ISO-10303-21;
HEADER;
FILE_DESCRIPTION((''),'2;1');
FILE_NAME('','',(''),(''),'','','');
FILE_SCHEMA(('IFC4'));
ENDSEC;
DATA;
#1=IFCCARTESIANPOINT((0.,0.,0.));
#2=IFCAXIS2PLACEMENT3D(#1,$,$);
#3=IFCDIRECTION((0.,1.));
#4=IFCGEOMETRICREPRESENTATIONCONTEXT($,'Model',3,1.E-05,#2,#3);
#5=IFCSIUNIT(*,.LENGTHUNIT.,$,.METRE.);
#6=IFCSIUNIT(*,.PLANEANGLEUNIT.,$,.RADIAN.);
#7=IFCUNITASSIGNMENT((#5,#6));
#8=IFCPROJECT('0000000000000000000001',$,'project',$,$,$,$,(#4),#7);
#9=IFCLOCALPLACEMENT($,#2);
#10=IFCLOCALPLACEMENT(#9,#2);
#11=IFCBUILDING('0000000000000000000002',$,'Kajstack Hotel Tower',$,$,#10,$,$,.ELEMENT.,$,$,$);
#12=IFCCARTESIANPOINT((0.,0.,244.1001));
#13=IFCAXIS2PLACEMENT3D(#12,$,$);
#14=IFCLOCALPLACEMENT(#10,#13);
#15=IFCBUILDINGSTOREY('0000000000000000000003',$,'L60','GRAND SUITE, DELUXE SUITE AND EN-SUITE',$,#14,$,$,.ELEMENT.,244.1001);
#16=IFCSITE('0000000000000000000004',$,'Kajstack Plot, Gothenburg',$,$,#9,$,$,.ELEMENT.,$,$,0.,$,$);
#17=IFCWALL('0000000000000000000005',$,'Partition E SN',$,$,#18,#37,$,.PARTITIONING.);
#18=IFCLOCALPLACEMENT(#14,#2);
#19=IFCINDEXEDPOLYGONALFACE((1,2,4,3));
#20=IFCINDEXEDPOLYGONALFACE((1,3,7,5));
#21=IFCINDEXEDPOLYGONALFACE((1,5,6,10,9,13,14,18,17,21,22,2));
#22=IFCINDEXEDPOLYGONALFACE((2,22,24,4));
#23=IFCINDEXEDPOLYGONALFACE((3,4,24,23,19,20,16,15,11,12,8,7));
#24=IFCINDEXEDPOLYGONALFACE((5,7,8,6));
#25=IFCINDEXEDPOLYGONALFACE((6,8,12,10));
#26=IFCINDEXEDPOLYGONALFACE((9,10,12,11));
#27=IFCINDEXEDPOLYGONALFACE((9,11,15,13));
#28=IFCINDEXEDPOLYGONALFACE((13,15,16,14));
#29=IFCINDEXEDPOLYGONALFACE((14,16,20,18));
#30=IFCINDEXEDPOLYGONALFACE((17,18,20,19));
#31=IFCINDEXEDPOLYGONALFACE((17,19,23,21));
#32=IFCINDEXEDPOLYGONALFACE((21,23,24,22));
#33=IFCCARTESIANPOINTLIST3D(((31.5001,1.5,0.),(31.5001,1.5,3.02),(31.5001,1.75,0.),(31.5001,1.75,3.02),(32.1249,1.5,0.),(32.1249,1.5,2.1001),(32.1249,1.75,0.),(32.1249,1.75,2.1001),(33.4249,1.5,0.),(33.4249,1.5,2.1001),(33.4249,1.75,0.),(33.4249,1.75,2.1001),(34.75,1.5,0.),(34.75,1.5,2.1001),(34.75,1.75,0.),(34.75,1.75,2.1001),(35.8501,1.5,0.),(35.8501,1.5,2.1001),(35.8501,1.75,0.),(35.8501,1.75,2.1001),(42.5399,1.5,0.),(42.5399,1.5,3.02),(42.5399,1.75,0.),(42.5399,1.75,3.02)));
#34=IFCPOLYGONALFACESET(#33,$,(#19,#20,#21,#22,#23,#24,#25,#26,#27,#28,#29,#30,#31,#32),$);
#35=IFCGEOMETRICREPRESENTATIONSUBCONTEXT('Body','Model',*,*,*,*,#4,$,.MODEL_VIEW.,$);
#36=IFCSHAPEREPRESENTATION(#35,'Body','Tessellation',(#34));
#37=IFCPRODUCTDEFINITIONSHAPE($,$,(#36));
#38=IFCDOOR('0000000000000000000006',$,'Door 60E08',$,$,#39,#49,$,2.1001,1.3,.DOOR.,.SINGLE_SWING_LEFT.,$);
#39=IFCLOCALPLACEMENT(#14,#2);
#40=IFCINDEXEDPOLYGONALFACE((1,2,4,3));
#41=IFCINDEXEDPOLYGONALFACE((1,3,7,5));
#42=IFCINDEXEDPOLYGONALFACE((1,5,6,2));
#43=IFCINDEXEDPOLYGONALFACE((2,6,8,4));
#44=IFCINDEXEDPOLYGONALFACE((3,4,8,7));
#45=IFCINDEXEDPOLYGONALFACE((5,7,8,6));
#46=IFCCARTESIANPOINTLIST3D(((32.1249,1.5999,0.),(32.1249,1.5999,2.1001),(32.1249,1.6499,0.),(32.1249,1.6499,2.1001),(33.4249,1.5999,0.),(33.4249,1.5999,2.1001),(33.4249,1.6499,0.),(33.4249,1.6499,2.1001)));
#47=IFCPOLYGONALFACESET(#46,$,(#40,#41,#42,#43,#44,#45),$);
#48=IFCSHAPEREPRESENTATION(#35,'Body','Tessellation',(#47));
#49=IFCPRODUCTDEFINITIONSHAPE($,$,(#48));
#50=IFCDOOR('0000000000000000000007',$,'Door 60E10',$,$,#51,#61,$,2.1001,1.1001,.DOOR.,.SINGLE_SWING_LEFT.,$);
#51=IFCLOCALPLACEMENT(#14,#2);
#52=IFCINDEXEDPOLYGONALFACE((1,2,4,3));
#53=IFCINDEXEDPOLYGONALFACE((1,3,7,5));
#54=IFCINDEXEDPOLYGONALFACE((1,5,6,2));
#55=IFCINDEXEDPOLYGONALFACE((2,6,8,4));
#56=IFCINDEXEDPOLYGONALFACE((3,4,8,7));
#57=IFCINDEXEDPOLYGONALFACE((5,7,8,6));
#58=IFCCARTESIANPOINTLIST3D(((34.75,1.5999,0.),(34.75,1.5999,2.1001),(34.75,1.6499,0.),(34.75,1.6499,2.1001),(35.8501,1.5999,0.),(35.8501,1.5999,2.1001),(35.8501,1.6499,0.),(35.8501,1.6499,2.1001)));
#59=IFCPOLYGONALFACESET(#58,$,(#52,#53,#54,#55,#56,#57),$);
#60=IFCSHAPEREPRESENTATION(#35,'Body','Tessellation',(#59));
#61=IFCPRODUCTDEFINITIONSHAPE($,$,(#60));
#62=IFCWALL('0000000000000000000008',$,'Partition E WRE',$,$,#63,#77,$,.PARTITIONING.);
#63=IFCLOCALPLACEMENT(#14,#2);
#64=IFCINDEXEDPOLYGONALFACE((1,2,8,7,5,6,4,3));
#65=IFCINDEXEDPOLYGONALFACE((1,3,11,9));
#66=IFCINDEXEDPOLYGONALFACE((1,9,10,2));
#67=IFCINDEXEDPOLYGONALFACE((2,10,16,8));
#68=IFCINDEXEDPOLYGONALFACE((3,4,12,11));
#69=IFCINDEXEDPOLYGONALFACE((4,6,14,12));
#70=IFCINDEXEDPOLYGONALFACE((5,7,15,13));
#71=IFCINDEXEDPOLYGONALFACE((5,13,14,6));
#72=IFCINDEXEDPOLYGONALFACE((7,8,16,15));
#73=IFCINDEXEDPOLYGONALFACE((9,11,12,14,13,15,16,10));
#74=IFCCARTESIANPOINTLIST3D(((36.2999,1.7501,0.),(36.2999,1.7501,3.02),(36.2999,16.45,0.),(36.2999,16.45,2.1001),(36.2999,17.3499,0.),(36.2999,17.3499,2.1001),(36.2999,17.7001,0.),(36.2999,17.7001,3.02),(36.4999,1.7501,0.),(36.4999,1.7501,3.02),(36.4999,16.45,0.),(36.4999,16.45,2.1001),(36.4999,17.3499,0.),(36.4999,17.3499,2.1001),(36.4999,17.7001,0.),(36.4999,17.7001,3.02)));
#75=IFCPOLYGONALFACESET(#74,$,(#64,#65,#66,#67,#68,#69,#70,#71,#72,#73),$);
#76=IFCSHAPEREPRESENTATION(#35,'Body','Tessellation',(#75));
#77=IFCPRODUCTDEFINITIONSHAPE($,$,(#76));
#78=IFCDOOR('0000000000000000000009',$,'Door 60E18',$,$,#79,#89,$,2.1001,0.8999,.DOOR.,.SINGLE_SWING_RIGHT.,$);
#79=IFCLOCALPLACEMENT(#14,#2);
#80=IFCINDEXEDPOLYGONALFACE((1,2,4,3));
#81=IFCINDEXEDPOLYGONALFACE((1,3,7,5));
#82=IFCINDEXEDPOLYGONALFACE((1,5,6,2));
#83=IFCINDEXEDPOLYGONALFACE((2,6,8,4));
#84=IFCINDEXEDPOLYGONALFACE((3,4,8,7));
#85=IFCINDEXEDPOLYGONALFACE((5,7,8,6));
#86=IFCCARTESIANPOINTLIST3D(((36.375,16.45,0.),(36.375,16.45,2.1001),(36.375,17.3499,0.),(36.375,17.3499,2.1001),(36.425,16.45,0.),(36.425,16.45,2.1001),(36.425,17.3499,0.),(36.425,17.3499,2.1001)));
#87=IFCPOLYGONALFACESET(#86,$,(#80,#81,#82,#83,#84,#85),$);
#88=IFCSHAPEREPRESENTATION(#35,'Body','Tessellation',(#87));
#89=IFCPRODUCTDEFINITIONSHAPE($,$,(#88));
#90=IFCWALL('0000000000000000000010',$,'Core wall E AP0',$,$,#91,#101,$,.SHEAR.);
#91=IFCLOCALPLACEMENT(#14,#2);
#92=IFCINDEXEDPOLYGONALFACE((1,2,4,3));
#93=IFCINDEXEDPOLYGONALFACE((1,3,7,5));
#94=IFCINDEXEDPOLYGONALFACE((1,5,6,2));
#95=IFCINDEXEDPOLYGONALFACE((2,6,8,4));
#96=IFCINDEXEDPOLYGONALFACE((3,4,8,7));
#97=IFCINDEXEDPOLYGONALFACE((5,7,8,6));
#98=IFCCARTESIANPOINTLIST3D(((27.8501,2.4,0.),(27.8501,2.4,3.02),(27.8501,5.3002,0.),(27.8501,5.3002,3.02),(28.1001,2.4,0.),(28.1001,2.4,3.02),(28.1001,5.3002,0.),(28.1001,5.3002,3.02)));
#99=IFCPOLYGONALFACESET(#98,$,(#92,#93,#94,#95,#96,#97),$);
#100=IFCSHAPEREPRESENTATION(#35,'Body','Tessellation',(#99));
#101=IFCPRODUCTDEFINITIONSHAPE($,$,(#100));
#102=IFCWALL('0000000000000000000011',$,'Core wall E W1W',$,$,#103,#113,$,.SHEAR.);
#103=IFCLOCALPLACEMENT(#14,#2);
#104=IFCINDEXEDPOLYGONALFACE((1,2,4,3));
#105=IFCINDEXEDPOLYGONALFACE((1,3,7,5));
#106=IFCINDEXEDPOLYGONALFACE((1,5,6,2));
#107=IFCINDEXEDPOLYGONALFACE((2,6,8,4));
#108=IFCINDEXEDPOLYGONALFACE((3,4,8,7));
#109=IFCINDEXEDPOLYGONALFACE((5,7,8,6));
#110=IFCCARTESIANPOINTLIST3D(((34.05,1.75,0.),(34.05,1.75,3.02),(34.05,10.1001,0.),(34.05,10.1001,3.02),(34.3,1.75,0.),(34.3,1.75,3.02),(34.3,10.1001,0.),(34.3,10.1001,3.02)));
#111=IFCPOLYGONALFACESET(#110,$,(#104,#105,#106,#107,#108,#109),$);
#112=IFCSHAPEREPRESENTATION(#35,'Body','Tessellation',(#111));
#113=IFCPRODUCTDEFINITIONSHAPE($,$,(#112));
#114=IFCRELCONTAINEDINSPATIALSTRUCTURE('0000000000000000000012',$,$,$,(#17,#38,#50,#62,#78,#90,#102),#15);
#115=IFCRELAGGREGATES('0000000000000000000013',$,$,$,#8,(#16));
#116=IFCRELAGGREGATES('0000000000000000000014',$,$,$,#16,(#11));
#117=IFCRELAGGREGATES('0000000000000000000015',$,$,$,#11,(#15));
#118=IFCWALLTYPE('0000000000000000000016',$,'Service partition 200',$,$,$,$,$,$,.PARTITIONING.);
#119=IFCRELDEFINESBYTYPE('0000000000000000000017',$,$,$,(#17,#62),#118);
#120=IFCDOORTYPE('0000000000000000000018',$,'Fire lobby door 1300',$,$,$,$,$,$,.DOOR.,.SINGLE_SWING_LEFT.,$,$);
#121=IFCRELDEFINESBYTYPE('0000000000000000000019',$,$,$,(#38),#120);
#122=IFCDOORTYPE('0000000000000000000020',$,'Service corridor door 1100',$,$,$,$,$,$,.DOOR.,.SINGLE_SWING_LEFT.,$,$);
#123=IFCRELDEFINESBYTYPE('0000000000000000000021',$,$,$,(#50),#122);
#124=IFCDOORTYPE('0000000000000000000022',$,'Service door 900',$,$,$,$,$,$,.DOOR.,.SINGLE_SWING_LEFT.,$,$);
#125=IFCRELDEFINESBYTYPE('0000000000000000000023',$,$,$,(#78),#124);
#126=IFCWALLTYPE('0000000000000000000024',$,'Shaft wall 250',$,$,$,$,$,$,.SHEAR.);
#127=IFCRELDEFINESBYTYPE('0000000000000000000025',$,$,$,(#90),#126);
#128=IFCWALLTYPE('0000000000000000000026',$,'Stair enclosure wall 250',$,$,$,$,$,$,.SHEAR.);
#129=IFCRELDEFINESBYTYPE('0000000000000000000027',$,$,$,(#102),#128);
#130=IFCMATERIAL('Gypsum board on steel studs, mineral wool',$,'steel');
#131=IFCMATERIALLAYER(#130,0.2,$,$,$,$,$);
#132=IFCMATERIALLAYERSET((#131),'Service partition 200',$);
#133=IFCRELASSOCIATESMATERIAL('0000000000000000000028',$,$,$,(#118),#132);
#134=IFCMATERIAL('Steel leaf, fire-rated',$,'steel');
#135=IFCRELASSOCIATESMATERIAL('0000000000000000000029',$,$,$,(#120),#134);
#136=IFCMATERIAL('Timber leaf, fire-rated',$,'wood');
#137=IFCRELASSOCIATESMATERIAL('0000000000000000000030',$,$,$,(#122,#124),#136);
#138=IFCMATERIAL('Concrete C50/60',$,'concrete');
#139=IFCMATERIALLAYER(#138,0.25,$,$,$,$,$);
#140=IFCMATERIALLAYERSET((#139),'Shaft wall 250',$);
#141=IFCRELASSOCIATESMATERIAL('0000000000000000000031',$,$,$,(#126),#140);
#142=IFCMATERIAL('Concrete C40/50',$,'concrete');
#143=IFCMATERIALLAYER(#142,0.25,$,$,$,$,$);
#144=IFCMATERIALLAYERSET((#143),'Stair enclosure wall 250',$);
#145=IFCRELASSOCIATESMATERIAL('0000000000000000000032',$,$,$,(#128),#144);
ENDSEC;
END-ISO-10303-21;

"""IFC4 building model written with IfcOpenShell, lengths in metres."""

from ifc_helpers import new_model, si_unit, direction, frame, frame_2d, origin, place, context, subcontext, project, spatial, rectangle, extrude, material, layer, layer_set, type_object, element, fill, save


model = new_model("IFC4")

# Units and contexts
model_context = context("Model", 3, precision=1e-05, world=origin(), true_north=direction((0.0, 1.0)))
body_context = subcontext(model_context, "Body", "Model", "MODEL_VIEW")
ifc_project = project(units=[si_unit("LENGTHUNIT", "METRE"), si_unit("PLANEANGLEUNIT", "RADIAN")], contexts=[model_context])

# Site, building, storey
site_placement = place(None, origin())
site = spatial("IfcSite", under=ifc_project, at=site_placement, Name="Kajstack Plot, Gothenburg", CompositionType="ELEMENT", RefElevation=0.0)
building_placement = place(site_placement, origin())
building = spatial("IfcBuilding", under=site, at=building_placement, Name="Kajstack Hotel Tower", CompositionType="ELEMENT")
storey_placement = place(building_placement, frame((0.0, 0.0, 244.1001)))
storey = spatial("IfcBuildingStorey", under=building, at=storey_placement, Name="L60", Description="GRAND SUITE, DELUXE SUITE AND EN-SUITE", CompositionType="ELEMENT", Elevation=244.1001)

# Shared definitions
ifc_material_1 = material(Name="Concrete C50/60", Category="concrete")

# Wall, openings, doors
ifc_material_2 = material(Name="Gypsum board on steel studs, mineral wool", Category="steel")
ifc_layer_1 = layer(ifc_material_2, 0.2)
ifc_layer_set_1 = layer_set([ifc_layer_1], Name="Service partition 200")
wall_type_1 = type_object("IfcWallType", Name="Service partition 200", PredefinedType="PARTITIONING", material=ifc_layer_set_1)
wall_1_placement = place(storey_placement, frame((31.5, 1.625, 0.0), z_axis=(0.0, 0.0, 1.0), x_axis=(1.0, 0.0, 0.0)))
wall_1 = element("IfcWall", 1, at=wall_1_placement, inside=storey, type_object=wall_type_1, Name="Partition E SN", PredefinedType="PARTITIONING", context=body_context, shape_type="SweptSolid", body=[
    extrude(rectangle(XDim=11.0398, YDim=0.25, at=frame_2d((5.52, 0.0))), origin(), (0.0, 0.0, 1.0), 3.02),
])
opening_1_placement = place(wall_1_placement, frame((0.625, 0.0, 0.0)))
opening_1 = element("IfcOpeningElement", 2, at=opening_1_placement, cuts=wall_1, PredefinedType="OPENING", context=body_context, shape_type="SweptSolid", body=[
    extrude(rectangle(XDim=1.3, YDim=2.1001, at=frame_2d((0.6499, 1.05))), frame((0.0, 0.135, 0.0), z_axis=(0.0, -1.0, 0.0), x_axis=(1.0, 0.0, 0.0)), (0.0, 0.0, 1.0), 0.27),
])
opening_2_placement = place(wall_1_placement, frame((3.25, 0.0, 0.0)))
opening_2 = element("IfcOpeningElement", 3, at=opening_2_placement, cuts=wall_1, PredefinedType="OPENING", context=body_context, shape_type="SweptSolid", body=[
    extrude(rectangle(XDim=1.1001, YDim=2.1001, at=frame_2d((0.55, 1.05))), frame((0.0, 0.135, 0.0), z_axis=(0.0, -1.0, 0.0), x_axis=(1.0, 0.0, 0.0)), (0.0, 0.0, 1.0), 0.27),
])
ifc_material_3 = material(Name="Steel leaf, fire-rated", Category="steel")
door_type_1 = type_object("IfcDoorType", Name="Fire lobby door 1300", OperationType="SINGLE_SWING_LEFT", PredefinedType="DOOR", material=ifc_material_3)
door_1_placement = place(opening_1_placement, origin())
door_1 = element("IfcDoor", 4, at=door_1_placement, inside=storey, type_object=door_type_1, Name="Door 60E08", OperationType="SINGLE_SWING_LEFT", OverallHeight=2.1001, OverallWidth=1.3, PredefinedType="DOOR", context=body_context, shape_type="SweptSolid", body=[
    extrude(rectangle(XDim=1.3, YDim=2.1001, at=frame_2d((0.6499, 1.05))), frame((0.0, 0.0249, 0.0), z_axis=(0.0, -1.0, 0.0), x_axis=(1.0, 0.0, 0.0)), (0.0, 0.0, 1.0), 0.05),
])
fill(opening_1, door_1)
ifc_material_4 = material(Name="Timber leaf, fire-rated", Category="wood")
door_type_2 = type_object("IfcDoorType", Name="Service corridor door 1100", OperationType="SINGLE_SWING_LEFT", PredefinedType="DOOR", material=ifc_material_4)
door_2_placement = place(opening_2_placement, origin())
door_2 = element("IfcDoor", 5, at=door_2_placement, inside=storey, type_object=door_type_2, Name="Door 60E10", OperationType="SINGLE_SWING_LEFT", OverallHeight=2.1001, OverallWidth=1.1001, PredefinedType="DOOR", context=body_context, shape_type="SweptSolid", body=[
    extrude(rectangle(XDim=1.1001, YDim=2.1001, at=frame_2d((0.55, 1.05))), frame((0.0, 0.0249, 0.0), z_axis=(0.0, -1.0, 0.0), x_axis=(1.0, 0.0, 0.0)), (0.0, 0.0, 1.0), 0.05),
])
fill(opening_2, door_2)

# Wall, opening, door
wall_2_placement = place(storey_placement, frame((36.3999, 1.75, 0.0), z_axis=(0.0, 0.0, 1.0), x_axis=(0.0, 1.0, 0.0)))
wall_2 = element("IfcWall", 6, at=wall_2_placement, inside=storey, type_object=wall_type_1, Name="Partition E WRE", PredefinedType="PARTITIONING", context=body_context, shape_type="SweptSolid", body=[
    extrude(rectangle(XDim=15.95, YDim=0.2, at=frame_2d((7.9751, 0.0))), origin(), (0.0, 0.0, 1.0), 3.02),
])
opening_3_placement = place(wall_2_placement, frame((14.7, 0.0, 0.0)))
opening_3 = element("IfcOpeningElement", 7, at=opening_3_placement, cuts=wall_2, PredefinedType="OPENING", context=body_context, shape_type="SweptSolid", body=[
    extrude(rectangle(XDim=0.8999, YDim=2.1001, at=frame_2d((0.45, 1.05))), frame((0.0, 0.1099, 0.0), z_axis=(0.0, -1.0, 0.0), x_axis=(1.0, 0.0, 0.0)), (0.0, 0.0, 1.0), 0.22),
])
door_type_3 = type_object("IfcDoorType", Name="Service door 900", OperationType="SINGLE_SWING_LEFT", PredefinedType="DOOR", material=ifc_material_4)
door_3_placement = place(opening_3_placement, origin())
door_3 = element("IfcDoor", 8, at=door_3_placement, inside=storey, type_object=door_type_3, Name="Door 60E18", OperationType="SINGLE_SWING_RIGHT", OverallHeight=2.1001, OverallWidth=0.8999, PredefinedType="DOOR", context=body_context, shape_type="SweptSolid", body=[
    extrude(rectangle(XDim=0.8999, YDim=2.1001, at=frame_2d((0.45, 1.05))), frame((0.0, 0.0249, 0.0), z_axis=(0.0, -1.0, 0.0), x_axis=(1.0, 0.0, 0.0)), (0.0, 0.0, 1.0), 0.05),
])
fill(opening_3, door_3)

# Walls
ifc_layer_2 = layer(ifc_material_1, 0.25)
ifc_layer_set_2 = layer_set([ifc_layer_2], Name="Shaft wall 250")
wall_type_2 = type_object("IfcWallType", Name="Shaft wall 250", PredefinedType="SHEAR", material=ifc_layer_set_2)
wall_3_placement = place(storey_placement, frame((27.9751, 2.3999, 0.0), z_axis=(0.0, 0.0, 1.0), x_axis=(0.0, 1.0, 0.0)))
element("IfcWall", 9, at=wall_3_placement, inside=storey, type_object=wall_type_2, Name="Core wall E AP0", PredefinedType="SHEAR", context=body_context, shape_type="SweptSolid", body=[
    extrude(rectangle(XDim=2.9001, YDim=0.25, at=frame_2d((1.4502, 0.0))), origin(), (0.0, 0.0, 1.0), 3.02),
])
ifc_material_5 = material(Name="Concrete C40/50", Category="concrete")
ifc_layer_3 = layer(ifc_material_5, 0.25)
ifc_layer_set_3 = layer_set([ifc_layer_3], Name="Stair enclosure wall 250")
wall_type_3 = type_object("IfcWallType", Name="Stair enclosure wall 250", PredefinedType="SHEAR", material=ifc_layer_set_3)
wall_4_placement = place(storey_placement, frame((34.175, 1.75, 0.0), z_axis=(0.0, 0.0, 1.0), x_axis=(0.0, 1.0, 0.0)))
element("IfcWall", 10, at=wall_4_placement, inside=storey, type_object=wall_type_3, Name="Core wall E W1W", PredefinedType="SHEAR", context=body_context, shape_type="SweptSolid", body=[
    extrude(rectangle(XDim=8.3501, YDim=0.25, at=frame_2d((4.175, 0.0))), origin(), (0.0, 0.0, 1.0), 3.02),
])

save(model, "model.ifc")
